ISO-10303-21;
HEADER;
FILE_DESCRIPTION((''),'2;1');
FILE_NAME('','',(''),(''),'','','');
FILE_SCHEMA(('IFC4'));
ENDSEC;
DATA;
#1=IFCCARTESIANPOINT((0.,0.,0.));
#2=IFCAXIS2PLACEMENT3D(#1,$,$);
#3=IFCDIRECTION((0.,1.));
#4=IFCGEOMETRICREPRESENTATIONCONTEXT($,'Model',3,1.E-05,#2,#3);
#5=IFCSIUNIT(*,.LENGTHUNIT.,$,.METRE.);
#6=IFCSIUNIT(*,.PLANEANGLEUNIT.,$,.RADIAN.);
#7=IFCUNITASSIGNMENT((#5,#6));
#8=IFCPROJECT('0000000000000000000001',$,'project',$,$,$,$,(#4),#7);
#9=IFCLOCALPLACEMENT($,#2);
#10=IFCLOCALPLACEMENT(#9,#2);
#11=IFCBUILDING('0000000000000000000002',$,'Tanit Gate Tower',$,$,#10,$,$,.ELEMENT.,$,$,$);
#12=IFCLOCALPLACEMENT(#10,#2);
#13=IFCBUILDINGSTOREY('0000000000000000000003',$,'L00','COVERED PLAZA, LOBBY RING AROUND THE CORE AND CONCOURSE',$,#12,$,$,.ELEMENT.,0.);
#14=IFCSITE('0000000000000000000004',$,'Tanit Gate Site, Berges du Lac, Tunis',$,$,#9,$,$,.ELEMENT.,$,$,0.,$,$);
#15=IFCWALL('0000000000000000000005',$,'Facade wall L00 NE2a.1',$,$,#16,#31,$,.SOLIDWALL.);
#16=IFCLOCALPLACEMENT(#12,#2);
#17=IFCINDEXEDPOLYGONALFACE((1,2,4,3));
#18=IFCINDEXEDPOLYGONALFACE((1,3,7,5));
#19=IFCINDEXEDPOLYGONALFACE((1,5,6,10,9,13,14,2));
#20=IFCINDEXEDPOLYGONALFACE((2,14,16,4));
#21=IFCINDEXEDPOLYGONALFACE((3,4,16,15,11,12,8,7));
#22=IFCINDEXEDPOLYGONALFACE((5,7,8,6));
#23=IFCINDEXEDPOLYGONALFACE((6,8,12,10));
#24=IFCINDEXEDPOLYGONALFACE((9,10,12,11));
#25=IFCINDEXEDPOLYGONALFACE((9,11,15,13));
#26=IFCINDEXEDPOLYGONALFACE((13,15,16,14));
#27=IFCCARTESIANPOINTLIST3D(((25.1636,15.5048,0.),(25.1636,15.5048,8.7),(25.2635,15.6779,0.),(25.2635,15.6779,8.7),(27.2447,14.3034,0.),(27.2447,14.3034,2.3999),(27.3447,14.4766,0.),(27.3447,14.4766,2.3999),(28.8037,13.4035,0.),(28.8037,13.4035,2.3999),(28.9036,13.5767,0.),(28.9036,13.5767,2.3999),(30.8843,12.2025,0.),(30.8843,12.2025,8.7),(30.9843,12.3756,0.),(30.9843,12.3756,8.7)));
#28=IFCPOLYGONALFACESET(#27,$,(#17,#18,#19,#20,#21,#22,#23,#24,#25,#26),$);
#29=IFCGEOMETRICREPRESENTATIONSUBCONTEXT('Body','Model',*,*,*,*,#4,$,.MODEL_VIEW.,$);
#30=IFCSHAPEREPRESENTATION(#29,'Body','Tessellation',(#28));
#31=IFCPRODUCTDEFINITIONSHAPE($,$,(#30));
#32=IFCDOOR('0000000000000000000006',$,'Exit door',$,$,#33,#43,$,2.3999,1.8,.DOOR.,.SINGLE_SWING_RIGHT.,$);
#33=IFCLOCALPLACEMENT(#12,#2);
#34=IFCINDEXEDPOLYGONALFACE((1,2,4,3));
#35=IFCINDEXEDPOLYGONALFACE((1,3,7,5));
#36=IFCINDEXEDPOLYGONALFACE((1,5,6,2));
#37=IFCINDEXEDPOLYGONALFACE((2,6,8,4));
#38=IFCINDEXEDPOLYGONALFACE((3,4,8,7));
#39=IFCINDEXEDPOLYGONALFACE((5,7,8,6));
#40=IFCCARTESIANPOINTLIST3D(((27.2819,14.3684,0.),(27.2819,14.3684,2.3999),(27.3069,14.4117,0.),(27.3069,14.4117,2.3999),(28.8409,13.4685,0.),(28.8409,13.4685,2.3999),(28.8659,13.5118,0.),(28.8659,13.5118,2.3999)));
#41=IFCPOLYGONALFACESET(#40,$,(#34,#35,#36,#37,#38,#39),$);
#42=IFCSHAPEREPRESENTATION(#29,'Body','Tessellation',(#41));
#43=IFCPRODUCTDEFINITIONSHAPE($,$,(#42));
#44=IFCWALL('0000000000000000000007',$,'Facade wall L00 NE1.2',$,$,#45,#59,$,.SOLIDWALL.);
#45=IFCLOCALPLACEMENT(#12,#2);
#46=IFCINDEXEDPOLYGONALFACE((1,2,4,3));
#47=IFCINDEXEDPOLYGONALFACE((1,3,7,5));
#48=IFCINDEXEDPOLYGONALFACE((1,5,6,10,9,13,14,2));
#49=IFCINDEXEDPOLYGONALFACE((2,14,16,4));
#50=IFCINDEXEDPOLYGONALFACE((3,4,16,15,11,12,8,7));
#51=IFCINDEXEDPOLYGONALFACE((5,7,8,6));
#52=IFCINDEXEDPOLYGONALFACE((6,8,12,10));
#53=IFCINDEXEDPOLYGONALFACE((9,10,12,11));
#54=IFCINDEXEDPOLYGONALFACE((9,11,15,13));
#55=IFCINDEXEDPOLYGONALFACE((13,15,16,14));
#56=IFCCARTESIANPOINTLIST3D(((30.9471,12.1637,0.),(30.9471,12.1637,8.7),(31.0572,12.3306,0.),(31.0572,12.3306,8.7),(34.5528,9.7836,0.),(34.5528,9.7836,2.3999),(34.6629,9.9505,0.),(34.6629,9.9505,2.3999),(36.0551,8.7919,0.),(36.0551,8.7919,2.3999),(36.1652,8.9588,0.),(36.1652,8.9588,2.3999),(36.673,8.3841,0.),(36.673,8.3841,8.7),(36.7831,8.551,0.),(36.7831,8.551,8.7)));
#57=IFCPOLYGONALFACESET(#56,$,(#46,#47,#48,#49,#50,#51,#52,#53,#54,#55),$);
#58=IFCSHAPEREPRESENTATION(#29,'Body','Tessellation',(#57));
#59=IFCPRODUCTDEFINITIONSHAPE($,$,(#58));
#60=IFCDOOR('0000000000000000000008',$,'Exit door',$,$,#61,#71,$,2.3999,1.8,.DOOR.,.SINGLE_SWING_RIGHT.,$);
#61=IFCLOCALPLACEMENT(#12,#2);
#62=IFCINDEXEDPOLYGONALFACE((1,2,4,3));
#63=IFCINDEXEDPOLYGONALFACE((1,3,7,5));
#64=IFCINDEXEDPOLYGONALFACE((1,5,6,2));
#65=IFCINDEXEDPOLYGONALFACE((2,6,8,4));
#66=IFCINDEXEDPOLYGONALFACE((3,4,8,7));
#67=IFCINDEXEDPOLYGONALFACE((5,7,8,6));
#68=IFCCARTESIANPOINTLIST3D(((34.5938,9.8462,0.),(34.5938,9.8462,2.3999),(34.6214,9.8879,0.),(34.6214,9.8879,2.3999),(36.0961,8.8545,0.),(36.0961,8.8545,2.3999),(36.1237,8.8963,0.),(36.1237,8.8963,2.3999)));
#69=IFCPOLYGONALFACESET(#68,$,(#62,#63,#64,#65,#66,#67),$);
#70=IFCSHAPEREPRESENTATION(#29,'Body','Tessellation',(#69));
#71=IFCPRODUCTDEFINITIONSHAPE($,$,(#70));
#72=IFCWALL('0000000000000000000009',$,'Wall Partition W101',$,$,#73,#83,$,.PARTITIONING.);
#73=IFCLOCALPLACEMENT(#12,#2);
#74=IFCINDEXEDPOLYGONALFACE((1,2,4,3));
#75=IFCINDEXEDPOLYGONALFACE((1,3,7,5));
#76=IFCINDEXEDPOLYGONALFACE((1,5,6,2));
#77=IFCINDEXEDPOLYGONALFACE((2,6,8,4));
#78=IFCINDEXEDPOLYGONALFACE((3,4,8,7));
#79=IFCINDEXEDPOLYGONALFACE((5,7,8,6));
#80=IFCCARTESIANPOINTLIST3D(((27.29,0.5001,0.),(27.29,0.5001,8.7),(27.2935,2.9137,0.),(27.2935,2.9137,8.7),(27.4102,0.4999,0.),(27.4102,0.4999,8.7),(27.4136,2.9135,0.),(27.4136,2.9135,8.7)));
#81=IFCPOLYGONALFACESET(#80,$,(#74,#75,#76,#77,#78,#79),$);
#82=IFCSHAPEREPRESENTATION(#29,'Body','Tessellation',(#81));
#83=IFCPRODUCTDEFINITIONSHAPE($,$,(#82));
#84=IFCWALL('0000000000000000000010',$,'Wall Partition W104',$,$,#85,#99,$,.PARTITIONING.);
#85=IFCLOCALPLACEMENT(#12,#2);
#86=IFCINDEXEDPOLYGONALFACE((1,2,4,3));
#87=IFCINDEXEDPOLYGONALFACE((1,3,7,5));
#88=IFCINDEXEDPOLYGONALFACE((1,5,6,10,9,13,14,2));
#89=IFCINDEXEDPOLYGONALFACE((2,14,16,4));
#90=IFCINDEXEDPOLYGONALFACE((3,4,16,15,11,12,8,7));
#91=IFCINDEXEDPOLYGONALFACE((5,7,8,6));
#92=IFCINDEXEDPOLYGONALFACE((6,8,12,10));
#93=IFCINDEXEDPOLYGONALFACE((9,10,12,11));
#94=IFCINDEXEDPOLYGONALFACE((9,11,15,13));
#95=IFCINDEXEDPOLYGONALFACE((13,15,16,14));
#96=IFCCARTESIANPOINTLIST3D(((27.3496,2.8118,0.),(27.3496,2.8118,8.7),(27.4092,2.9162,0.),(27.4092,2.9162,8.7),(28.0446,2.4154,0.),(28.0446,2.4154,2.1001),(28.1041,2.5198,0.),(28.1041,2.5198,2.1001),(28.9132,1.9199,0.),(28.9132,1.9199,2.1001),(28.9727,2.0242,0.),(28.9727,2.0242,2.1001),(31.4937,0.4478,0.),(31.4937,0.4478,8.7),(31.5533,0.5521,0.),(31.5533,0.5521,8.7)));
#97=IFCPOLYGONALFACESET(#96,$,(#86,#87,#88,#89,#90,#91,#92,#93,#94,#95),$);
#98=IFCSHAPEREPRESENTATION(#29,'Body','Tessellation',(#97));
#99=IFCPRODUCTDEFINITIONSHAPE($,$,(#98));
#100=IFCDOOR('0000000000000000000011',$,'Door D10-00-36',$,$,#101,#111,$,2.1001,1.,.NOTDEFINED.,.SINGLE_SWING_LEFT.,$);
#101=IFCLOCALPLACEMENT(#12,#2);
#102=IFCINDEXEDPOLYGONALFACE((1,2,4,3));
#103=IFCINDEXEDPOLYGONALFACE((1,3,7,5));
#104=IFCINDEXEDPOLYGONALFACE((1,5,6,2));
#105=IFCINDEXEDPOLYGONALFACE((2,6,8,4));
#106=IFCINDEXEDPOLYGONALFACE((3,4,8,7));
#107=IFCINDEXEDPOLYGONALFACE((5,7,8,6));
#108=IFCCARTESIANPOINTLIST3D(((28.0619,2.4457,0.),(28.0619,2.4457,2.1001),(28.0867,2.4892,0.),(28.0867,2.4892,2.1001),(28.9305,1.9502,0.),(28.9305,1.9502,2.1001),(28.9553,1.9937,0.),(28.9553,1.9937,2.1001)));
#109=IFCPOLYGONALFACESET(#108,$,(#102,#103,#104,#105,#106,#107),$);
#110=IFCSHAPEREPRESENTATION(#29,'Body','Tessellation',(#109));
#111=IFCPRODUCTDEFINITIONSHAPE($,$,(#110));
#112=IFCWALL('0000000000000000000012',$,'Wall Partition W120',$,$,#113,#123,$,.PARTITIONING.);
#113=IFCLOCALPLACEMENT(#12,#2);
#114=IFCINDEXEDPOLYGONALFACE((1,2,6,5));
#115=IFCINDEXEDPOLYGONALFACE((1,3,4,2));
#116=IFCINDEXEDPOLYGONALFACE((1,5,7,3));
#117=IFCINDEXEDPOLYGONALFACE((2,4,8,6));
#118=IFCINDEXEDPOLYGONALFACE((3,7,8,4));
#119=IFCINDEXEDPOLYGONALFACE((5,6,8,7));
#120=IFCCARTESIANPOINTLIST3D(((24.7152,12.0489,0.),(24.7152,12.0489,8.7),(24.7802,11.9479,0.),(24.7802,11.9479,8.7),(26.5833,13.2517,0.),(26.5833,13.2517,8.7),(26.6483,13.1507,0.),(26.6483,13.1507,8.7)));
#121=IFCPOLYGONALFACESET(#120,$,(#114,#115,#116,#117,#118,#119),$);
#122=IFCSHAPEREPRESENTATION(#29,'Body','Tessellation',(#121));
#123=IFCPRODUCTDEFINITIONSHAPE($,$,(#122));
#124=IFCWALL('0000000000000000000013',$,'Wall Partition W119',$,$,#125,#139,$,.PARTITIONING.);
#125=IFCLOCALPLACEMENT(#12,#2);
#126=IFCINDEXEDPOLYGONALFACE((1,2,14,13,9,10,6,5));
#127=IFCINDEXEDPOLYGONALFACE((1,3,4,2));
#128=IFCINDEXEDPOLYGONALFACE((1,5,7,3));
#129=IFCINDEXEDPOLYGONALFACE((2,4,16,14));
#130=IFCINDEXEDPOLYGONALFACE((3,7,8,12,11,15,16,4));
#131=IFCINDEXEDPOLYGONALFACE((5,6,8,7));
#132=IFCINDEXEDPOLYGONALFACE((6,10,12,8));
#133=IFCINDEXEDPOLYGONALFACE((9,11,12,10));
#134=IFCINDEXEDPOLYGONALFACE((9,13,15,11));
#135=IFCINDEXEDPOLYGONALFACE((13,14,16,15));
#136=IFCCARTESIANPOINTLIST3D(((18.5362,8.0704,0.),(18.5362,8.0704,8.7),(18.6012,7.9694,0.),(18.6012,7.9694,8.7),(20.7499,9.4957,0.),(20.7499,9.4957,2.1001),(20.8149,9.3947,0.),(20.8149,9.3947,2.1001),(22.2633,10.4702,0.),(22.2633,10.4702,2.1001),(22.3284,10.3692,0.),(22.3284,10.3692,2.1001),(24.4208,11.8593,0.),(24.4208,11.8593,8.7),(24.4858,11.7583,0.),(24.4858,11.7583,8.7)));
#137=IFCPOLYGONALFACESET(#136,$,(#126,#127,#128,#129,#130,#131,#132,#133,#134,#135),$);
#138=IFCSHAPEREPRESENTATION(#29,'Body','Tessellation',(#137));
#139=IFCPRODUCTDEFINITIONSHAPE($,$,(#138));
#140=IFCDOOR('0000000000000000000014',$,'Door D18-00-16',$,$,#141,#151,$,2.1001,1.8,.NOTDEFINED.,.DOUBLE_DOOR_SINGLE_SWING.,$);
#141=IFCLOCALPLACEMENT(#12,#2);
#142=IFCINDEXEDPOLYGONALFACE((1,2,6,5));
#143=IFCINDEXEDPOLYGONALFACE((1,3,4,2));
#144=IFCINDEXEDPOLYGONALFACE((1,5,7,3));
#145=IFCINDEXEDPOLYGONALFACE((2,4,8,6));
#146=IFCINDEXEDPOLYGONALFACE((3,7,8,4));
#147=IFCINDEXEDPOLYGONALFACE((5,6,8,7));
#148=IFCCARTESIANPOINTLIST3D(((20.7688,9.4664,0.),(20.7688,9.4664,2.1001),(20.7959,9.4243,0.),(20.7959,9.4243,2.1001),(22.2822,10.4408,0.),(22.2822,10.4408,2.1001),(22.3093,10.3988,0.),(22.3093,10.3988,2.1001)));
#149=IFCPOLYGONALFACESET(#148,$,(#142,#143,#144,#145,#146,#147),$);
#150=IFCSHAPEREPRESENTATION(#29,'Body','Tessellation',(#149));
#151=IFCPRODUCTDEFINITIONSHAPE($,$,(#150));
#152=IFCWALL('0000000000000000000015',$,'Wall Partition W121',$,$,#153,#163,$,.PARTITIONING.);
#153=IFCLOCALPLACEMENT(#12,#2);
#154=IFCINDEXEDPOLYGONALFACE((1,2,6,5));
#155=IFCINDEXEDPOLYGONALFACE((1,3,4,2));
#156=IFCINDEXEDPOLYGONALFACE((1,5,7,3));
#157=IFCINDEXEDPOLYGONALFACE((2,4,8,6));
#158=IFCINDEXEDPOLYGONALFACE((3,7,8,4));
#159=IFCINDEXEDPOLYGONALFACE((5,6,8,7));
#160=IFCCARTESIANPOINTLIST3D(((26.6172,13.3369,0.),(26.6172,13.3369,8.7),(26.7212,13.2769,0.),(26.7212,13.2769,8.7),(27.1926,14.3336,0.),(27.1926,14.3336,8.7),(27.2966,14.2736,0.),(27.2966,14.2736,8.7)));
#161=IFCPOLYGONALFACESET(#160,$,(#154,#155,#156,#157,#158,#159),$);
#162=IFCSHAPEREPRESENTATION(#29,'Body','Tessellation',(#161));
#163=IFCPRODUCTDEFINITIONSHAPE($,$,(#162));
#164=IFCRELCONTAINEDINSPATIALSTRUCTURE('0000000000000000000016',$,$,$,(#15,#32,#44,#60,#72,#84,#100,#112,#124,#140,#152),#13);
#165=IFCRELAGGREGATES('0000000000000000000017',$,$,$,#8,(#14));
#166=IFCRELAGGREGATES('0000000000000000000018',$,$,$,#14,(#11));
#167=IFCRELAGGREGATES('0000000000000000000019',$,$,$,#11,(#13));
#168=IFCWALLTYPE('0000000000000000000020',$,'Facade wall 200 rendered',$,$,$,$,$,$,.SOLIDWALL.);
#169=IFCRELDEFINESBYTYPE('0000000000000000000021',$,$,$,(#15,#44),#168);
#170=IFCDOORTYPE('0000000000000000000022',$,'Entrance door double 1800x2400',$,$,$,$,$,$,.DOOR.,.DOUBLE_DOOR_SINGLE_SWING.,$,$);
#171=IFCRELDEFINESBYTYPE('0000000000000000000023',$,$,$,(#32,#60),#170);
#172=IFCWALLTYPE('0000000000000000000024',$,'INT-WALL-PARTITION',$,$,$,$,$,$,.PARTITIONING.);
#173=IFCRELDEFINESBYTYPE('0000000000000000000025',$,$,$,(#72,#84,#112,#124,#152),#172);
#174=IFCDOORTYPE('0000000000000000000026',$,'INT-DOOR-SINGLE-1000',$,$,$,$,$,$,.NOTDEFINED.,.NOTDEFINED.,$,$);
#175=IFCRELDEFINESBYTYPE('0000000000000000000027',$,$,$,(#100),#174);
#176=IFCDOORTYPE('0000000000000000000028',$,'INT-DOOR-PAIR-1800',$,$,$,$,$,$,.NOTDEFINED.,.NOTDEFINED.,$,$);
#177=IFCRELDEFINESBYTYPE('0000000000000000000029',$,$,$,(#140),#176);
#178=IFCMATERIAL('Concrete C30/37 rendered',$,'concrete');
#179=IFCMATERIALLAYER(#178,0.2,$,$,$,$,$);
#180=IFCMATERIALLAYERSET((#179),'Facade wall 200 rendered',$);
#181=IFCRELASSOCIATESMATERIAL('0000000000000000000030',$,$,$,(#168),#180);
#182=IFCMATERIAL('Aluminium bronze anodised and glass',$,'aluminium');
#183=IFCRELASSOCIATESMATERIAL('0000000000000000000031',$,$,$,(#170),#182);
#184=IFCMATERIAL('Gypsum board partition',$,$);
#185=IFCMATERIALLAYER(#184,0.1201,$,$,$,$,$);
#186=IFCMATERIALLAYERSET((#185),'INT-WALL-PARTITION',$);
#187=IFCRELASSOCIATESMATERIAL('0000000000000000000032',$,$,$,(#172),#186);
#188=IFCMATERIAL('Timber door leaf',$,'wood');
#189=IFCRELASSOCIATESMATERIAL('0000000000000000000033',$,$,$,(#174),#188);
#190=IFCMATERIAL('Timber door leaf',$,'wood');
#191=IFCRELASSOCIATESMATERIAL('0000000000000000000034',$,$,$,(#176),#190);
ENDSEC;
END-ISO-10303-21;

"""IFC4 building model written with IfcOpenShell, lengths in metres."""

from ifc_helpers import new_model, si_unit, direction, frame, frame_2d, origin, place, context, subcontext, project, spatial, rectangle, extrude, material, layer, layer_set, type_object, element, fill, save


model = new_model("IFC4")

# Units and contexts
model_context = context("Model", 3, precision=1e-05, world=origin(), true_north=direction((0.0, 1.0)))
body_context = subcontext(model_context, "Body", "Model", "MODEL_VIEW")
ifc_project = project(units=[si_unit("LENGTHUNIT", "METRE"), si_unit("PLANEANGLEUNIT", "RADIAN")], contexts=[model_context])

# Site, building, storey
site_placement = place(None, origin())
site = spatial("IfcSite", under=ifc_project, at=site_placement, Name="Tanit Gate Site, Berges du Lac, Tunis", CompositionType="ELEMENT", RefElevation=0.0)
building_placement = place(site_placement, origin())
building = spatial("IfcBuilding", under=site, at=building_placement, Name="Tanit Gate Tower", CompositionType="ELEMENT")
storey_placement = place(building_placement, origin())
storey = spatial("IfcBuildingStorey", under=building, at=storey_placement, Name="L00", Description="COVERED PLAZA, LOBBY RING AROUND THE CORE AND CONCOURSE", CompositionType="ELEMENT", Elevation=0.0)

# Walls, openings, doors
ifc_material_1 = material(Name="Concrete C30/37 rendered", Category="concrete")
ifc_layer_1 = layer(ifc_material_1, 0.2)
ifc_layer_set_1 = layer_set([ifc_layer_1], Name="Facade wall 200 rendered")
wall_type_1 = type_object("IfcWallType", Name="Facade wall 200 rendered", PredefinedType="SOLIDWALL", material=ifc_layer_set_1)
wall_1_placement = place(storey_placement, frame((30.9343, 12.2891, 0.0), z_axis=(0.0, 0.0, 1.0), x_axis=(-0.866065, 0.499931, 0.0)))
wall_1 = element("IfcWall", 1, at=wall_1_placement, inside=storey, type_object=wall_type_1, Name="Facade wall L00 NE2a.1", PredefinedType="SOLIDWALL", context=body_context, shape_type="SweptSolid", body=[
    extrude(rectangle(XDim=6.6055, YDim=0.2, at=frame_2d((3.3027, 0.0))), origin(), (0.0, 0.0, 1.0), 8.7),
])
opening_1_placement = place(wall_1_placement, frame((2.4026, 0.0, 0.0)))
opening_1 = element("IfcOpeningElement", 2, at=opening_1_placement, cuts=wall_1, PredefinedType="OPENING", context=body_context, shape_type="SweptSolid", body=[
    extrude(rectangle(XDim=1.8, YDim=2.3999, at=frame_2d((0.8999, 1.2))), frame((0.0, 0.1099, 0.0), z_axis=(0.0, -1.0, 0.0), x_axis=(1.0, 0.0, 0.0)), (0.0, 0.0, 1.0), 0.22),
])
ifc_material_2 = material(Name="Aluminium bronze anodised and glass", Category="aluminium")
door_type_1 = type_object("IfcDoorType", Name="Entrance door double 1800x2400", OperationType="DOUBLE_DOOR_SINGLE_SWING", PredefinedType="DOOR", material=ifc_material_2)
door_1_placement = place(opening_1_placement, frame((1.8, 0.0, 0.0), z_axis=(0.0, 0.0, 1.0), x_axis=(-1.0, 0.0, 0.0)))
door_1 = element("IfcDoor", 3, at=door_1_placement, inside=storey, type_object=door_type_1, Name="Exit door", OperationType="SINGLE_SWING_RIGHT", OverallHeight=2.3999, OverallWidth=1.8, PredefinedType="DOOR", context=body_context, shape_type="SweptSolid", body=[
    extrude(rectangle(XDim=1.8, YDim=2.3999, at=frame_2d((0.8999, 1.2))), frame((0.0, 0.0249, 0.0), z_axis=(0.0, -1.0, 0.0), x_axis=(1.0, 0.0, 0.0)), (0.0, 0.0, 1.0), 0.05),
])
fill(opening_1, door_1)
wall_2_placement = place(storey_placement, frame((36.728, 8.4675, 0.0), z_axis=(0.0, 0.0, 1.0), x_axis=(-0.834576, 0.550892, 0.0)))
wall_2 = element("IfcWall", 4, at=wall_2_placement, inside=storey, type_object=wall_type_1, Name="Facade wall L00 NE1.2", PredefinedType="SOLIDWALL", context=body_context, shape_type="SweptSolid", body=[
    extrude(rectangle(XDim=6.8608, YDim=0.2, at=frame_2d((3.4304, 0.0))), origin(), (0.0, 0.0, 1.0), 8.7),
])
opening_2_placement = place(wall_2_placement, frame((0.7405, 0.0, 0.0)))
opening_2 = element("IfcOpeningElement", 5, at=opening_2_placement, cuts=wall_2, PredefinedType="OPENING", context=body_context, shape_type="SweptSolid", body=[
    extrude(rectangle(XDim=1.8, YDim=2.3999, at=frame_2d((0.8999, 1.2))), frame((0.0, 0.1099, 0.0), z_axis=(0.0, -1.0, 0.0), x_axis=(1.0, 0.0, 0.0)), (0.0, 0.0, 1.0), 0.22),
])
door_2_placement = place(opening_2_placement, frame((1.8, 0.0, 0.0), z_axis=(0.0, 0.0, 1.0), x_axis=(-1.0, 0.0, 0.0)))
door_2 = element("IfcDoor", 6, at=door_2_placement, inside=storey, type_object=door_type_1, Name="Exit door", OperationType="SINGLE_SWING_RIGHT", OverallHeight=2.3999, OverallWidth=1.8, PredefinedType="DOOR", context=body_context, shape_type="SweptSolid", body=[
    extrude(rectangle(XDim=1.8, YDim=2.3999, at=frame_2d((0.8999, 1.2))), frame((0.0, 0.0249, 0.0), z_axis=(0.0, -1.0, 0.0), x_axis=(1.0, 0.0, 0.0)), (0.0, 0.0, 1.0), 0.05),
])
fill(opening_2, door_2)

# Wall
ifc_material_3 = material(Name="Gypsum board partition")
ifc_layer_2 = layer(ifc_material_3, 0.1201)
ifc_layer_set_2 = layer_set([ifc_layer_2], Name="INT-WALL-PARTITION")
wall_type_2 = type_object("IfcWallType", Name="INT-WALL-PARTITION", PredefinedType="PARTITIONING", material=ifc_layer_set_2)
wall_3_placement = place(storey_placement, frame((27.3501, 0.5, 0.0), z_axis=(0.0, 0.0, 1.0), x_axis=(0.001416, 0.999999, 0.0)))
element("IfcWall", 7, at=wall_3_placement, inside=storey, type_object=wall_type_2, Name="Wall Partition W101", PredefinedType="PARTITIONING", context=body_context, shape_type="SweptSolid", body=[
    extrude(rectangle(XDim=2.4136, YDim=0.1201, at=frame_2d((1.2068, 0.0))), origin(), (0.0, 0.0, 1.0), 8.7),
])

# Wall, opening, door
wall_4_placement = place(storey_placement, frame((27.3794, 2.864, 0.0), z_axis=(0.0, 0.0, 1.0), x_axis=(0.868605, -0.495505, 0.0)))
wall_4 = element("IfcWall", 8, at=wall_4_placement, inside=storey, type_object=wall_type_2, Name="Wall Partition W104", PredefinedType="PARTITIONING", context=body_context, shape_type="SweptSolid", body=[
    extrude(rectangle(XDim=4.771, YDim=0.1201, at=frame_2d((2.3855, 0.0))), origin(), (0.0, 0.0, 1.0), 8.7),
])
opening_3_placement = place(wall_4_placement, frame((0.8, 0.0, 0.0)))
opening_3 = element("IfcOpeningElement", 9, at=opening_3_placement, cuts=wall_4, PredefinedType="OPENING", context=body_context, shape_type="SweptSolid", body=[
    extrude(rectangle(XDim=1.0, YDim=2.1001, at=frame_2d((0.5, 1.05))), frame((0.0, 0.0701, 0.0), z_axis=(0.0, -1.0, 0.0), x_axis=(1.0, 0.0, 0.0)), (0.0, 0.0, 1.0), 0.1401),
])
ifc_material_4 = material(Name="Timber door leaf", Category="wood")
door_type_2 = type_object("IfcDoorType", Name="INT-DOOR-SINGLE-1000", OperationType="NOTDEFINED", PredefinedType="NOTDEFINED", material=ifc_material_4)
door_3_placement = place(opening_3_placement, origin())
door_3 = element("IfcDoor", 10, at=door_3_placement, inside=storey, type_object=door_type_2, Name="Door D10-00-36", OperationType="SINGLE_SWING_LEFT", OverallHeight=2.1001, OverallWidth=1.0, PredefinedType="NOTDEFINED", context=body_context, shape_type="SweptSolid", body=[
    extrude(rectangle(XDim=1.0, YDim=2.1001, at=frame_2d((0.5, 1.05))), frame((0.0, 0.0249, 0.0), z_axis=(0.0, -1.0, 0.0), x_axis=(1.0, 0.0, 0.0)), (0.0, 0.0, 1.0), 0.05),
])
fill(opening_3, door_3)

# Wall
wall_5_placement = place(storey_placement, frame((26.6157, 13.2012, 0.0), z_axis=(0.0, 0.0, 1.0), x_axis=(-0.840786, -0.541368, 0.0)))
element("IfcWall", 11, at=wall_5_placement, inside=storey, type_object=wall_type_2, Name="Wall Partition W120", PredefinedType="PARTITIONING", context=body_context, shape_type="SweptSolid", body=[
    extrude(rectangle(XDim=2.2219, YDim=0.1201, at=frame_2d((1.1108, 0.0))), origin(), (0.0, 0.0, 1.0), 8.7),
])

# Wall, opening, door
wall_6_placement = place(storey_placement, frame((24.4534, 11.8088, 0.0), z_axis=(0.0, 0.0, 1.0), x_axis=(-0.840794, -0.541355, 0.0)))
wall_6 = element("IfcWall", 12, at=wall_6_placement, inside=storey, type_object=wall_type_2, Name="Wall Partition W119", PredefinedType="PARTITIONING", context=body_context, shape_type="SweptSolid", body=[
    extrude(rectangle(XDim=6.9988, YDim=0.1201, at=frame_2d((3.4995, 0.0))), origin(), (0.0, 0.0, 1.0), 8.7),
])
opening_4_placement = place(wall_6_placement, frame((2.5662, 0.0, 0.0)))
opening_4 = element("IfcOpeningElement", 13, at=opening_4_placement, cuts=wall_6, PredefinedType="OPENING", context=body_context, shape_type="SweptSolid", body=[
    extrude(rectangle(XDim=1.8, YDim=2.1001, at=frame_2d((0.8999, 1.05))), frame((0.0, 0.0701, 0.0), z_axis=(0.0, -1.0, 0.0), x_axis=(1.0, 0.0, 0.0)), (0.0, 0.0, 1.0), 0.1401),
])
ifc_material_5 = material(Name="Timber door leaf", Category="wood")
door_type_3 = type_object("IfcDoorType", Name="INT-DOOR-PAIR-1800", OperationType="NOTDEFINED", PredefinedType="NOTDEFINED", material=ifc_material_5)
door_4_placement = place(opening_4_placement, origin())
door_4 = element("IfcDoor", 14, at=door_4_placement, inside=storey, type_object=door_type_3, Name="Door D18-00-16", OperationType="DOUBLE_DOOR_SINGLE_SWING", OverallHeight=2.1001, OverallWidth=1.8, PredefinedType="NOTDEFINED", context=body_context, shape_type="SweptSolid", body=[
    extrude(rectangle(XDim=1.8, YDim=2.1001, at=frame_2d((0.8999, 1.05))), frame((0.0, 0.0249, 0.0), z_axis=(0.0, -1.0, 0.0), x_axis=(1.0, 0.0, 0.0)), (0.0, 0.0, 1.0), 0.05),
])
fill(opening_4, door_4)

# Wall
wall_7_placement = place(storey_placement, frame((26.6692, 13.3069, 0.0), z_axis=(0.0, 0.0, 1.0), x_axis=(0.499949, 0.866055, 0.0)))
element("IfcWall", 15, at=wall_7_placement, inside=storey, type_object=wall_type_2, Name="Wall Partition W121", PredefinedType="PARTITIONING", context=body_context, shape_type="SweptSolid", body=[
    extrude(rectangle(XDim=1.1509, YDim=0.1201, at=frame_2d((0.5754, 0.0))), origin(), (0.0, 0.0, 1.0), 8.7),
])

save(model, "model.ifc")
